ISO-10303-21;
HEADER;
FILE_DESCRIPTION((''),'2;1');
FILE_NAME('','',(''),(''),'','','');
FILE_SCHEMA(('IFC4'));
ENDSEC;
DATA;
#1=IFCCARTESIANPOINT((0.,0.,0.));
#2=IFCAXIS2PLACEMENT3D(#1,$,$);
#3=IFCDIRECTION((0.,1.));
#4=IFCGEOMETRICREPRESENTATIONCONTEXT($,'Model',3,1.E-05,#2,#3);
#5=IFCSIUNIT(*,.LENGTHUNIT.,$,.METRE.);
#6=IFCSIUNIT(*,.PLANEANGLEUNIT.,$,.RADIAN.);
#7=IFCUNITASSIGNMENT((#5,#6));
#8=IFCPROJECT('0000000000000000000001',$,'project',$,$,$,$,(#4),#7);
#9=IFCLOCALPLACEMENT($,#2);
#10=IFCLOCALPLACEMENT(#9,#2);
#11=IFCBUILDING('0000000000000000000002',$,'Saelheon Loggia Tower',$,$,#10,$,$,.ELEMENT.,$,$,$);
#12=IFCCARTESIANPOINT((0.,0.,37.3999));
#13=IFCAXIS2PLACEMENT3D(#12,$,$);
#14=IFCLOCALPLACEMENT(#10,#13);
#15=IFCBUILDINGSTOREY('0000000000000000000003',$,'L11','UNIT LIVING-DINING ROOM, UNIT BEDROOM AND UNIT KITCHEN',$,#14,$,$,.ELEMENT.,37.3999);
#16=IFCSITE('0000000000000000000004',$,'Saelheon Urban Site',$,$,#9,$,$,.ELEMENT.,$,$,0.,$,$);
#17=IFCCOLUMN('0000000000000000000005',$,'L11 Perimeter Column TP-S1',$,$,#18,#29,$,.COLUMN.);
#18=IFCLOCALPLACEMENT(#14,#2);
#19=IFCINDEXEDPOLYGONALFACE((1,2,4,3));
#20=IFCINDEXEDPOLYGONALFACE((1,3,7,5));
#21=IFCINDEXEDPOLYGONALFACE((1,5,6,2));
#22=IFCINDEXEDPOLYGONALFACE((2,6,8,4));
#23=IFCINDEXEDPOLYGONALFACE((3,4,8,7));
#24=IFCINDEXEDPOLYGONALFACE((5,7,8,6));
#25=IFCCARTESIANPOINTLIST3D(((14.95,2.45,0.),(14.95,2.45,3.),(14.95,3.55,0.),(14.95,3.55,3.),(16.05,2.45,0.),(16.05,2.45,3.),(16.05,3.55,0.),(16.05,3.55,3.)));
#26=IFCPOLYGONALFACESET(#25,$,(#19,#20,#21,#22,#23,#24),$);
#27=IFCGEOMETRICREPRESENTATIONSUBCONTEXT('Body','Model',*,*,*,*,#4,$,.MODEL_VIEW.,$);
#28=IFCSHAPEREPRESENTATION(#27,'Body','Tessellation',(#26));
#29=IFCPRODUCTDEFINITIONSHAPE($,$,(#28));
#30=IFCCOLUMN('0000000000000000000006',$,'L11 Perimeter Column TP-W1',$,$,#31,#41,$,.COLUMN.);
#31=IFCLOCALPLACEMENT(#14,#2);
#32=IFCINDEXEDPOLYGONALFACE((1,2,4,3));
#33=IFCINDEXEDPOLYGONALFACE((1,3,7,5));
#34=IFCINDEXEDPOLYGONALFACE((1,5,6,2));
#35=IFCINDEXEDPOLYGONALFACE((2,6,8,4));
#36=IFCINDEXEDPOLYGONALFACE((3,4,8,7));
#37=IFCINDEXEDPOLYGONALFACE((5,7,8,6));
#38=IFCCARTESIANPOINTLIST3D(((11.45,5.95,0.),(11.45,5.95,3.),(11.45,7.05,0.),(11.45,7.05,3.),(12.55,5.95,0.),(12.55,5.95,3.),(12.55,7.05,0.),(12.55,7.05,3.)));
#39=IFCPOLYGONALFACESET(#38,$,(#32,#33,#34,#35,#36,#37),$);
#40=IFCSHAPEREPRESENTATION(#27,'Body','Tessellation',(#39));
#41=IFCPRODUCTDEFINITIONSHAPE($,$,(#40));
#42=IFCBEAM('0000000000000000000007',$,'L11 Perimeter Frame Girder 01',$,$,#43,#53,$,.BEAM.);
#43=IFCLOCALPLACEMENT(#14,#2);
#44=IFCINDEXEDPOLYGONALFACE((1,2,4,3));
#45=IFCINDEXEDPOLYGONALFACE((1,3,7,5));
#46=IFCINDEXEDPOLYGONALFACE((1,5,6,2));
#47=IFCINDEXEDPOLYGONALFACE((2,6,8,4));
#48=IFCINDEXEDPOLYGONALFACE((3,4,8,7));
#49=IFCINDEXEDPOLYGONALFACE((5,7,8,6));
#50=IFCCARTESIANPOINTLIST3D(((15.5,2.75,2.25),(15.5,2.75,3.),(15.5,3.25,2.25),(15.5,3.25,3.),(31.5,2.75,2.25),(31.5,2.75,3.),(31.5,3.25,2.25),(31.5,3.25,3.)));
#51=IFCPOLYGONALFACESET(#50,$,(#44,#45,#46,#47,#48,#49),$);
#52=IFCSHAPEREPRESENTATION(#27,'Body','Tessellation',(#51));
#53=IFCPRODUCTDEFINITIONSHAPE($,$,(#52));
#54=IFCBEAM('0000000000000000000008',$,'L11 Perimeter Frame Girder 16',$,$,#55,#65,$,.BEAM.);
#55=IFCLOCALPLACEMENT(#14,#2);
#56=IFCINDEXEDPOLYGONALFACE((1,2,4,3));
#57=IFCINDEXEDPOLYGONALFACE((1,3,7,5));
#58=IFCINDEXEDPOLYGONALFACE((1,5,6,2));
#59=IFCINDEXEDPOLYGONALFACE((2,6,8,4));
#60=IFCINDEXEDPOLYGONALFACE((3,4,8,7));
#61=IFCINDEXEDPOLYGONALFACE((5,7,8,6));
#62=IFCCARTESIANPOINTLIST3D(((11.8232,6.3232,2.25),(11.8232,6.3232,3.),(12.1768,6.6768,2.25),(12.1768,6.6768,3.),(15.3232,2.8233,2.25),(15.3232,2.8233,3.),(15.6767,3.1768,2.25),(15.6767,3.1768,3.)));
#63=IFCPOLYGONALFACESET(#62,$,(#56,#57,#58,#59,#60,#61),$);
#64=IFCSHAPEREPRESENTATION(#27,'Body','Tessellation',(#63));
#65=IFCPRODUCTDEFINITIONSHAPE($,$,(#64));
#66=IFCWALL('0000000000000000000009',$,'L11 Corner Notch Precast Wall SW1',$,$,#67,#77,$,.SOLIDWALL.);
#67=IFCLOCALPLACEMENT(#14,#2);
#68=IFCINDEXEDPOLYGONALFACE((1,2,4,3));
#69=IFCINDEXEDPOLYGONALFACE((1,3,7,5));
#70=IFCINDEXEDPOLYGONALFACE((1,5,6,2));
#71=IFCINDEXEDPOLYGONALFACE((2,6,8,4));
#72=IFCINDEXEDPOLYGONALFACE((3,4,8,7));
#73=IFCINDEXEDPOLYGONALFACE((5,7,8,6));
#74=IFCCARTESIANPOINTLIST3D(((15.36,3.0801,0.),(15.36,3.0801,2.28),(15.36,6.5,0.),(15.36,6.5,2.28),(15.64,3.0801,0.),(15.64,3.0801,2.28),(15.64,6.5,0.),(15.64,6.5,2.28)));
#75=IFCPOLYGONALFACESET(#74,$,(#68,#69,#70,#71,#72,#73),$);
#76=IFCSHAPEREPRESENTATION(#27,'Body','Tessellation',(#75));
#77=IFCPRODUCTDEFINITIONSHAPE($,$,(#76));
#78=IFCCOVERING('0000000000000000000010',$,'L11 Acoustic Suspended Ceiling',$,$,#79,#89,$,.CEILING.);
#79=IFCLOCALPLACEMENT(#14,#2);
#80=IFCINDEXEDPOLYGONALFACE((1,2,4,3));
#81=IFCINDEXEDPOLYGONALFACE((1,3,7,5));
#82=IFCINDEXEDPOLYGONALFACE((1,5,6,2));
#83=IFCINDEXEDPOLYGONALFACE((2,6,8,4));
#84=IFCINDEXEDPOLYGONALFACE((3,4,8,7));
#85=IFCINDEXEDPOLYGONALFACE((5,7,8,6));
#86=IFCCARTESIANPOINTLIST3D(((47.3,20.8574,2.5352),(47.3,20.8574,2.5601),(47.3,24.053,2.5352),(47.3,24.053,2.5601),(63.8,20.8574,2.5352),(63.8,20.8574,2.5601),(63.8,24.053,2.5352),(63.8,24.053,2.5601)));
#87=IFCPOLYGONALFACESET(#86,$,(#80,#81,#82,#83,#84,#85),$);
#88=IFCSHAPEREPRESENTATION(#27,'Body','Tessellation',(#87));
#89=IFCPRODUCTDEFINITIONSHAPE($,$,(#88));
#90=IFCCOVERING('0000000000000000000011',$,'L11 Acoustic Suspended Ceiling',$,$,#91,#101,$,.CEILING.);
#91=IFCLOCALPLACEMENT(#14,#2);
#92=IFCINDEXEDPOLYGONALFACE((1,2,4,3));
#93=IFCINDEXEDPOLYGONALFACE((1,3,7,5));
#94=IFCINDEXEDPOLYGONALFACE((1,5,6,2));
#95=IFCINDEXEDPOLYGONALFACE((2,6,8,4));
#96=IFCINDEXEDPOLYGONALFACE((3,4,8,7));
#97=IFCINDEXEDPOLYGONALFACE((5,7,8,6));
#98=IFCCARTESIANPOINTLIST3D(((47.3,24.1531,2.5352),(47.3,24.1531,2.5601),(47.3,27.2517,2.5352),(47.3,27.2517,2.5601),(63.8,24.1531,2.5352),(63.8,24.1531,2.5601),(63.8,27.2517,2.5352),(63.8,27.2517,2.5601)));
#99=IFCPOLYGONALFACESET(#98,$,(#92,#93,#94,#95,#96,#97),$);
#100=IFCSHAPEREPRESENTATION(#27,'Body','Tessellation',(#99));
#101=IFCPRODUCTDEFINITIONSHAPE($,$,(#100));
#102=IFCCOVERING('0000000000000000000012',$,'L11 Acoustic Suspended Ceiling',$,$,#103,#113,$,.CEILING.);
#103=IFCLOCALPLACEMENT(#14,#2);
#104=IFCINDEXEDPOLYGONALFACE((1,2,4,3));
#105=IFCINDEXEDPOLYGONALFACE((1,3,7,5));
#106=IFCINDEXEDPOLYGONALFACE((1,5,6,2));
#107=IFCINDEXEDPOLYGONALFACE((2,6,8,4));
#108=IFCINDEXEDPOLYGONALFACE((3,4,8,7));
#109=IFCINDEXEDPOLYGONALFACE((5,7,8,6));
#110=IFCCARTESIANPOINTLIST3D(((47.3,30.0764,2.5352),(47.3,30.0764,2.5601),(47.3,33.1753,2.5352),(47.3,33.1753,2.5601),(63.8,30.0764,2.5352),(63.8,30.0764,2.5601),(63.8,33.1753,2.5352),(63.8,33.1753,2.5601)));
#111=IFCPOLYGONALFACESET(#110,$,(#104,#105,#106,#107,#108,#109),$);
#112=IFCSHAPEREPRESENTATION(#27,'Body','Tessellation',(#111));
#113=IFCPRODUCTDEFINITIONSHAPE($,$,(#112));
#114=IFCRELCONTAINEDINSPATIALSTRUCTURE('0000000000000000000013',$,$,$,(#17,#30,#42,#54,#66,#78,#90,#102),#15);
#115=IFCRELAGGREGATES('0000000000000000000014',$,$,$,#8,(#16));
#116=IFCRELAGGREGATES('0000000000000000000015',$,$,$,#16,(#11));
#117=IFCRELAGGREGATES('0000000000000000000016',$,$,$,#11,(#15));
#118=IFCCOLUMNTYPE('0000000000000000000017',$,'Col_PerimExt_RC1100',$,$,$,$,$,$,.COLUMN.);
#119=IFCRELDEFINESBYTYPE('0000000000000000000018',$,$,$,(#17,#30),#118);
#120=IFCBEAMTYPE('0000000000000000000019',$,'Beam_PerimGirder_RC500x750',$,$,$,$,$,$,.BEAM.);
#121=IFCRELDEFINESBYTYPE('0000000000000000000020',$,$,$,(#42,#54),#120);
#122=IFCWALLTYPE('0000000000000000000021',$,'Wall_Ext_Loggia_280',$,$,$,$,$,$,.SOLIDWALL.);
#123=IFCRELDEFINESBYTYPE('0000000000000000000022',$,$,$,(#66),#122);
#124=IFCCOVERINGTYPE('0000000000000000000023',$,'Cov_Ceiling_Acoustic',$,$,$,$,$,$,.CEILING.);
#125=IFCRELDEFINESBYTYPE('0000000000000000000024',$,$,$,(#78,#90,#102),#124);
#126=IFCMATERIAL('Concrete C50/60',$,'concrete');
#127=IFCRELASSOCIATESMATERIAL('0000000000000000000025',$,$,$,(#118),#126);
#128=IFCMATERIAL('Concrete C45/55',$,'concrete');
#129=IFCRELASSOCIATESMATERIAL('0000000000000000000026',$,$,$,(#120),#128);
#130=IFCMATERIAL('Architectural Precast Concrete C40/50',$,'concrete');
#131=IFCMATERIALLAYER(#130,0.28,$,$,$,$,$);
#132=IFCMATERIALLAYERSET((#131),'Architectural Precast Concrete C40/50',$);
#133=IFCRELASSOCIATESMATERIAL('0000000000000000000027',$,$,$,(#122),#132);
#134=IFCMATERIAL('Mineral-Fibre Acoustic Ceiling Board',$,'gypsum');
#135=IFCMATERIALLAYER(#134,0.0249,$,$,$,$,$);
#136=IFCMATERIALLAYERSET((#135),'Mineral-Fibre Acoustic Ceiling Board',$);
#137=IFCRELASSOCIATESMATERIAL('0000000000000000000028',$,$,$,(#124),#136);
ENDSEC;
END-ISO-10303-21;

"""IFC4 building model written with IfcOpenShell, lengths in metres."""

from ifc_helpers import new_model, si_unit, direction, frame, frame_2d, origin, origin_2d, place, context, subcontext, project, spatial, polyline, rectangle, outline, extrude, source, transform, mapped, material, layer, layer_set, material_profile, profile_set, type_object, element, save


model = new_model("IFC4")

# Units and contexts
model_context = context("Model", 3, precision=1e-05, world=origin(), true_north=direction((0.0, 1.0)))
body_context = subcontext(model_context, "Body", "Model", "MODEL_VIEW")
ifc_project = project(units=[si_unit("LENGTHUNIT", "METRE"), si_unit("PLANEANGLEUNIT", "RADIAN")], contexts=[model_context])

# Site, building, storey
site_placement = place(None, origin())
site = spatial("IfcSite", under=ifc_project, at=site_placement, Name="Saelheon Urban Site", CompositionType="ELEMENT", RefElevation=0.0)
building_placement = place(site_placement, origin())
building = spatial("IfcBuilding", under=site, at=building_placement, Name="Saelheon Loggia Tower", CompositionType="ELEMENT")
storey_placement = place(building_placement, frame((0.0, 0.0, 37.3999)))
storey = spatial("IfcBuildingStorey", under=building, at=storey_placement, Name="L11", Description="UNIT LIVING-DINING ROOM, UNIT BEDROOM AND UNIT KITCHEN", CompositionType="ELEMENT", Elevation=37.3999)

# Columns
ifc_material_1 = material(Name="Concrete C50/60", Category="concrete")
ifc_material_profile_1 = material_profile(ifc_material_1, rectangle(XDim=1.1001, YDim=1.1001, at=origin_2d()), Name="RC-1100x1100")
ifc_profile_set_1 = profile_set([ifc_material_profile_1], Name="Concrete C50/60")
column_type = type_object("IfcColumnType", Name="Col_PerimExt_RC1100", PredefinedType="COLUMN", material=ifc_profile_set_1)
shared_shape_1 = source(origin(), body_context, "Body", "SweptSolid", [
    extrude(rectangle(XDim=1.1001, YDim=1.1001, at=origin_2d()), origin(), (0.0, 0.0, 1.0), 3.0),
])
for number, where, z_axis, x_axis, name in (
    (1, (15.5, 3.0, 0.0), (0.0, 0.0, 1.0), (1.0, 0.0, 0.0), "L11 Perimeter Column TP-S1"),
    (2, (12.0, 6.5, 0.0), (0.0, 0.0, 1.0), (1.0, 0.0, 0.0), "L11 Perimeter Column TP-W1"),
):
    element("IfcColumn", number, at=place(storey_placement, frame(where, z_axis=z_axis, x_axis=x_axis)), inside=storey, type_object=column_type, Name=name, PredefinedType="COLUMN", context=body_context, shape_type="MappedRepresentation", body=[
        mapped(shared_shape_1, transform((0.0, 0.0, 0.0), scale=1.0)),
    ])

# Beams
ifc_material_2 = material(Name="Concrete C45/55", Category="concrete")
ifc_material_profile_2 = material_profile(ifc_material_2, rectangle(XDim=0.5, YDim=0.75, at=origin_2d()), Name="RC-500x750")
ifc_profile_set_2 = profile_set([ifc_material_profile_2], Name="Concrete C45/55")
beam_type = type_object("IfcBeamType", Name="Beam_PerimGirder_RC500x750", PredefinedType="BEAM", material=ifc_profile_set_2)
shared_shape_2 = source(origin(), body_context, "Body", "SweptSolid", [
    extrude(rectangle(XDim=0.5, YDim=0.75, at=origin_2d()), origin(), (0.0, 0.0, 1.0), 16.0),
])
beam_1_placement = place(storey_placement, frame((15.5, 3.0, 2.625), z_axis=(1.0, 0.0, 0.0), x_axis=(0.0, 1.0, 0.0)))
element("IfcBeam", 3, at=beam_1_placement, inside=storey, type_object=beam_type, Name="L11 Perimeter Frame Girder 01", PredefinedType="BEAM", context=body_context, shape_type="MappedRepresentation", body=[
    mapped(shared_shape_2, transform((0.0, 0.0, 0.0), scale=1.0)),
])
shared_shape_3 = source(origin(), body_context, "Body", "SweptSolid", [
    extrude(rectangle(XDim=0.5, YDim=0.75, at=origin_2d()), origin(), (0.0, 0.0, 1.0), 4.9497),
])
beam_2_placement = place(storey_placement, frame((12.0, 6.5, 2.625), z_axis=(0.707107, -0.707107, 0.0), x_axis=(0.707107, 0.707107, 0.0)))
element("IfcBeam", 4, at=beam_2_placement, inside=storey, type_object=beam_type, Name="L11 Perimeter Frame Girder 16", PredefinedType="BEAM", context=body_context, shape_type="MappedRepresentation", body=[
    mapped(shared_shape_3, transform((0.0, 0.0, 0.0), scale=1.0)),
])

# Shared definitions
ifc_material_3 = material(Name="Architectural Precast Concrete C40/50", Category="concrete")
ifc_layer_1 = layer(ifc_material_3, 0.28)
ifc_layer_set_1 = layer_set([ifc_layer_1], Name="Architectural Precast Concrete C40/50")
wall_type = type_object("IfcWallType", Name="Wall_Ext_Loggia_280", PredefinedType="SOLIDWALL", material=ifc_layer_set_1)

# Wall
wall_1_placement = place(storey_placement, frame((15.5, 3.0801, 0.0), z_axis=(0.0, 0.0, 1.0), x_axis=(0.0, 1.0, 0.0)))
element("IfcWall", 5, at=wall_1_placement, inside=storey, type_object=wall_type, Name="L11 Corner Notch Precast Wall SW1", PredefinedType="SOLIDWALL", context=body_context, shape_type="SweptSolid", body=[
    extrude(rectangle(XDim=3.4199, YDim=0.28, at=frame_2d((1.71, 0.0))), origin(), (0.0, 0.0, 1.0), 2.28),
])

# Coverings
ifc_material_4 = material(Name="Mineral-Fibre Acoustic Ceiling Board", Category="gypsum")
ifc_layer_2 = layer(ifc_material_4, 0.0249)
ifc_layer_set_2 = layer_set([ifc_layer_2], Name="Mineral-Fibre Acoustic Ceiling Board")
covering_type = type_object("IfcCoveringType", Name="Cov_Ceiling_Acoustic", PredefinedType="CEILING", material=ifc_layer_set_2)
covering_1_placement = place(storey_placement, frame((0.0, 0.0, 2.5352)))
element("IfcCovering", 6, at=covering_1_placement, inside=storey, type_object=covering_type, Name="L11 Acoustic Suspended Ceiling", PredefinedType="CEILING", context=body_context, shape_type="SweptSolid", body=[
    extrude(outline(polyline([(47.3, 20.8574), (63.8, 20.8574), (63.8, 24.053), (47.3, 24.053), (47.3, 20.8574)])), origin(), (0.0, 0.0, 1.0), 0.0249),
])
covering_2_placement = place(storey_placement, frame((0.0, 0.0, 2.5352)))
element("IfcCovering", 7, at=covering_2_placement, inside=storey, type_object=covering_type, Name="L11 Acoustic Suspended Ceiling", PredefinedType="CEILING", context=body_context, shape_type="SweptSolid", body=[
    extrude(outline(polyline([(47.3, 24.1531), (63.8, 24.1531), (63.8, 27.2517), (47.3, 27.2517), (47.3, 24.1531)])), origin(), (0.0, 0.0, 1.0), 0.0249),
])
covering_3_placement = place(storey_placement, frame((0.0, 0.0, 2.5352)))
element("IfcCovering", 8, at=covering_3_placement, inside=storey, type_object=covering_type, Name="L11 Acoustic Suspended Ceiling", PredefinedType="CEILING", context=body_context, shape_type="SweptSolid", body=[
    extrude(outline(polyline([(47.3, 30.0764), (63.8, 30.0764), (63.8, 33.1753), (47.3, 33.1753), (47.3, 30.0764)])), origin(), (0.0, 0.0, 1.0), 0.0249),
])

save(model, "model.ifc")
